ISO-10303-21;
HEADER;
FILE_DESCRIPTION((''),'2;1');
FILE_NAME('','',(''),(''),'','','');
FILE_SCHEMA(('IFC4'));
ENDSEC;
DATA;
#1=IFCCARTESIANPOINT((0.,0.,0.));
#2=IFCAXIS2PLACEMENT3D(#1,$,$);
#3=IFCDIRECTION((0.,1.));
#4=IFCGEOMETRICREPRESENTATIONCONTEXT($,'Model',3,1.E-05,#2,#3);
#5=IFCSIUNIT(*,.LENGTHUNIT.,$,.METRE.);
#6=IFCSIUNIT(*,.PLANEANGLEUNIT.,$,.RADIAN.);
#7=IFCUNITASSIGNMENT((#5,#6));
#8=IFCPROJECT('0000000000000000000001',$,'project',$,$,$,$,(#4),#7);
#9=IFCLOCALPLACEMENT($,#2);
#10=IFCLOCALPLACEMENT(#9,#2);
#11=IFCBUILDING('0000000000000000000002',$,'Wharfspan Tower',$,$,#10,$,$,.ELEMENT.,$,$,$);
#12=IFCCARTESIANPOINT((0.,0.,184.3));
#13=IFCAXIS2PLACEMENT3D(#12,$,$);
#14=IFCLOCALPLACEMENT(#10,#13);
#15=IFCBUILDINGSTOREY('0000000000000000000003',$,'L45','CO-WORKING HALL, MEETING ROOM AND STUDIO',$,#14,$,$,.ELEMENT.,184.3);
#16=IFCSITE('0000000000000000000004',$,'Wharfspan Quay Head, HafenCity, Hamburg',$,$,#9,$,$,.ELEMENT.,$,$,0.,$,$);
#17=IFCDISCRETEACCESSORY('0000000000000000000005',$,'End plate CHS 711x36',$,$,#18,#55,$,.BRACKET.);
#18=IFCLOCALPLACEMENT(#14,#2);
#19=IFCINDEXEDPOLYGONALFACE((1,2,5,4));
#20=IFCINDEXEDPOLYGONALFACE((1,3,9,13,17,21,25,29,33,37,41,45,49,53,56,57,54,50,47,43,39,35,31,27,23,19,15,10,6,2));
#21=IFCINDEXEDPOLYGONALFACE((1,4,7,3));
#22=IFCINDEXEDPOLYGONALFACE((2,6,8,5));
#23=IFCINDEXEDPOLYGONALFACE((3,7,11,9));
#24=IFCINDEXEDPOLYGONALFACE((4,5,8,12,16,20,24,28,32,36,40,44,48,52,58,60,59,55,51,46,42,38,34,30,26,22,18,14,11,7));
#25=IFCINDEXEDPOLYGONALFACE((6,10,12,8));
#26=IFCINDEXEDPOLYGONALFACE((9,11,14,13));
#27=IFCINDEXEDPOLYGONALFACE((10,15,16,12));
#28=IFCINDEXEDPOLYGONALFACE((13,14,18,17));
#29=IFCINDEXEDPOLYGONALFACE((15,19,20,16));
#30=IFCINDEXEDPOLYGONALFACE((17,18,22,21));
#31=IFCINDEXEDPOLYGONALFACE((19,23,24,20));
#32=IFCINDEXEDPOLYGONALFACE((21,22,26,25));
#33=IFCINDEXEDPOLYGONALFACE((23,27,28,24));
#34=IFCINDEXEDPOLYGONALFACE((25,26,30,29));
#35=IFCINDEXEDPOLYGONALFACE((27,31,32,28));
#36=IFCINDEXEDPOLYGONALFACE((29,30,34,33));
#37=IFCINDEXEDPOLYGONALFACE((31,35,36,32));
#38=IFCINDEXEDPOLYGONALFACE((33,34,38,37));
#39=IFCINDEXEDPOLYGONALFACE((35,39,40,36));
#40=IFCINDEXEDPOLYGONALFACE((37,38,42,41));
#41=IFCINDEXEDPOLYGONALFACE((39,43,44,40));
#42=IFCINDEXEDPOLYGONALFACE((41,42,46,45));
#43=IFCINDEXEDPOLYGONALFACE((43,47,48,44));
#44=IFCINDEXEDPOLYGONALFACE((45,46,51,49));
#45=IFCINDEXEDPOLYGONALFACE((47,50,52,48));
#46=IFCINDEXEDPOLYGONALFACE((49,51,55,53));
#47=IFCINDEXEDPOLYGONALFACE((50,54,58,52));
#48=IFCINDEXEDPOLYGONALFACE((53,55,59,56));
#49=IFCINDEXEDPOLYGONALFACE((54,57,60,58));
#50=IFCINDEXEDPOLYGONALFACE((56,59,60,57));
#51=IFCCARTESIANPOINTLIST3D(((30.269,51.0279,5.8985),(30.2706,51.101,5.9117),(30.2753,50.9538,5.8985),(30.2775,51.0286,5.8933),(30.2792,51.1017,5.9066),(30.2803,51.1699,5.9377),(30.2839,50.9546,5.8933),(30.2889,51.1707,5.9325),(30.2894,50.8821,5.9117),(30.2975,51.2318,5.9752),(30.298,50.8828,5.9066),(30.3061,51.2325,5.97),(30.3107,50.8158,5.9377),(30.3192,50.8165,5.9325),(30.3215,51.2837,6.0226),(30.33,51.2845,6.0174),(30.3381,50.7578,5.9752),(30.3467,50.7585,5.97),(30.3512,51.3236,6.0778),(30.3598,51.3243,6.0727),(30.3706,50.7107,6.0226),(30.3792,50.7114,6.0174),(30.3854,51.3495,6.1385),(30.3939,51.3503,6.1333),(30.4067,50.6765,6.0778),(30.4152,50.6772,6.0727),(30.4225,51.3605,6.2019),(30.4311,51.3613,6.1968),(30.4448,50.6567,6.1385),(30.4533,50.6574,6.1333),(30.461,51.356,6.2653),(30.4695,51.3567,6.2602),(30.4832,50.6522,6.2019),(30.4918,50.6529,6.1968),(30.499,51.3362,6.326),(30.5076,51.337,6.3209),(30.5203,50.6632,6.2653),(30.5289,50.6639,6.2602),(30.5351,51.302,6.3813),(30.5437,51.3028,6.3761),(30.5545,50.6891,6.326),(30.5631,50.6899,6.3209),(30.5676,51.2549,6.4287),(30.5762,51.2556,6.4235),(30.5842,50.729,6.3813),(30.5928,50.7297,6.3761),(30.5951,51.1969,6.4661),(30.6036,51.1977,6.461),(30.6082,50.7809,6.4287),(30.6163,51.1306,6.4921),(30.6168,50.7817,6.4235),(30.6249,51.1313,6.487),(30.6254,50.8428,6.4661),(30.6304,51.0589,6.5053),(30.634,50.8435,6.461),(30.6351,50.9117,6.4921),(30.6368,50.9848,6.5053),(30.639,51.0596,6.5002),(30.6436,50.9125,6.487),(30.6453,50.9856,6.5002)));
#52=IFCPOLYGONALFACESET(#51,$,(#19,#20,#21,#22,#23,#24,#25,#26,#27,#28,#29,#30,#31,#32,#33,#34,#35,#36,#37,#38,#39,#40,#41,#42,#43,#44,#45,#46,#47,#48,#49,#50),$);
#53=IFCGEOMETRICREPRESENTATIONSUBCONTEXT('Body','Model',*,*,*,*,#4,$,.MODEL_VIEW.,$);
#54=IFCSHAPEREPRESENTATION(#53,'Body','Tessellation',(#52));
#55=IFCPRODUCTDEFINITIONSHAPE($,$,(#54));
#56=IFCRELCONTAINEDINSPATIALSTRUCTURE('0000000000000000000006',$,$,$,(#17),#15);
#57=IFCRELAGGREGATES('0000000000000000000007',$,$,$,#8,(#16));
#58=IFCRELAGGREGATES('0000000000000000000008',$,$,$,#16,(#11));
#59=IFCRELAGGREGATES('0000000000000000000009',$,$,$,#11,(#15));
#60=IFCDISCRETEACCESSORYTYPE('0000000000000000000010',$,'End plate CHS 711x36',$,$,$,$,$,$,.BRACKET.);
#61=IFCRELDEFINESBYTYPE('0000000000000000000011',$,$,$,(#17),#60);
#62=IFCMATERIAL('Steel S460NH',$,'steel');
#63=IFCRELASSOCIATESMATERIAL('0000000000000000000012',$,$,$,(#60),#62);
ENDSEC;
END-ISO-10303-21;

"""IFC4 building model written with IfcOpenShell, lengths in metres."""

from ifc_helpers import new_model, si_unit, direction, frame, origin, origin_2d, place, context, subcontext, project, spatial, circle, extrude, material, material_profile, profile_set, type_object, element, save


model = new_model("IFC4")

# Units and contexts
model_context = context("Model", 3, precision=1e-05, world=origin(), true_north=direction((0.0, 1.0)))
body_context = subcontext(model_context, "Body", "Model", "MODEL_VIEW")
ifc_project = project(units=[si_unit("LENGTHUNIT", "METRE"), si_unit("PLANEANGLEUNIT", "RADIAN")], contexts=[model_context])

# Site, building, storey
site_placement = place(None, origin())
site = spatial("IfcSite", under=ifc_project, at=site_placement, Name="Wharfspan Quay Head, HafenCity, Hamburg", CompositionType="ELEMENT", RefElevation=0.0)
building_placement = place(site_placement, origin())
building = spatial("IfcBuilding", under=site, at=building_placement, Name="Wharfspan Tower", CompositionType="ELEMENT")
storey_placement = place(building_placement, frame((0.0, 0.0, 184.3)))
storey = spatial("IfcBuildingStorey", under=building, at=storey_placement, Name="L45", Description="CO-WORKING HALL, MEETING ROOM AND STUDIO", CompositionType="ELEMENT", Elevation=184.3)

# Shared definitions
ifc_material_1 = material(Name="Steel S460NH", Category="steel")

# Discrete accessory
ifc_material_profile_1 = material_profile(ifc_material_1, circle(Radius=0.3555, at=origin_2d()))
ifc_profile_set_1 = profile_set([ifc_material_profile_1], Name="Steel S460NH")
discrete_accessory_type = type_object("IfcDiscreteAccessoryType", Name="End plate CHS 711x36", PredefinedType="BRACKET", material=ifc_profile_set_1)
for number, where, z_axis, x_axis, name in (
    (1, (30.4614, 51.0071, 6.1968), (-0.855186, -0.073302, 0.513112), (0.085402, -0.996345, 0.000001), "End plate CHS 711x36"),
):
    element("IfcDiscreteAccessory", number, at=place(storey_placement, frame(where, z_axis=z_axis, x_axis=x_axis)), inside=storey, type_object=discrete_accessory_type, Name=name, PredefinedType="BRACKET", context=body_context, shape_type="SweptSolid", body=[
        extrude(circle(Radius=0.3555, at=origin_2d()), origin(), (0.0, 0.0, 1.0), 0.01),
    ])

save(model, "model.ifc")
